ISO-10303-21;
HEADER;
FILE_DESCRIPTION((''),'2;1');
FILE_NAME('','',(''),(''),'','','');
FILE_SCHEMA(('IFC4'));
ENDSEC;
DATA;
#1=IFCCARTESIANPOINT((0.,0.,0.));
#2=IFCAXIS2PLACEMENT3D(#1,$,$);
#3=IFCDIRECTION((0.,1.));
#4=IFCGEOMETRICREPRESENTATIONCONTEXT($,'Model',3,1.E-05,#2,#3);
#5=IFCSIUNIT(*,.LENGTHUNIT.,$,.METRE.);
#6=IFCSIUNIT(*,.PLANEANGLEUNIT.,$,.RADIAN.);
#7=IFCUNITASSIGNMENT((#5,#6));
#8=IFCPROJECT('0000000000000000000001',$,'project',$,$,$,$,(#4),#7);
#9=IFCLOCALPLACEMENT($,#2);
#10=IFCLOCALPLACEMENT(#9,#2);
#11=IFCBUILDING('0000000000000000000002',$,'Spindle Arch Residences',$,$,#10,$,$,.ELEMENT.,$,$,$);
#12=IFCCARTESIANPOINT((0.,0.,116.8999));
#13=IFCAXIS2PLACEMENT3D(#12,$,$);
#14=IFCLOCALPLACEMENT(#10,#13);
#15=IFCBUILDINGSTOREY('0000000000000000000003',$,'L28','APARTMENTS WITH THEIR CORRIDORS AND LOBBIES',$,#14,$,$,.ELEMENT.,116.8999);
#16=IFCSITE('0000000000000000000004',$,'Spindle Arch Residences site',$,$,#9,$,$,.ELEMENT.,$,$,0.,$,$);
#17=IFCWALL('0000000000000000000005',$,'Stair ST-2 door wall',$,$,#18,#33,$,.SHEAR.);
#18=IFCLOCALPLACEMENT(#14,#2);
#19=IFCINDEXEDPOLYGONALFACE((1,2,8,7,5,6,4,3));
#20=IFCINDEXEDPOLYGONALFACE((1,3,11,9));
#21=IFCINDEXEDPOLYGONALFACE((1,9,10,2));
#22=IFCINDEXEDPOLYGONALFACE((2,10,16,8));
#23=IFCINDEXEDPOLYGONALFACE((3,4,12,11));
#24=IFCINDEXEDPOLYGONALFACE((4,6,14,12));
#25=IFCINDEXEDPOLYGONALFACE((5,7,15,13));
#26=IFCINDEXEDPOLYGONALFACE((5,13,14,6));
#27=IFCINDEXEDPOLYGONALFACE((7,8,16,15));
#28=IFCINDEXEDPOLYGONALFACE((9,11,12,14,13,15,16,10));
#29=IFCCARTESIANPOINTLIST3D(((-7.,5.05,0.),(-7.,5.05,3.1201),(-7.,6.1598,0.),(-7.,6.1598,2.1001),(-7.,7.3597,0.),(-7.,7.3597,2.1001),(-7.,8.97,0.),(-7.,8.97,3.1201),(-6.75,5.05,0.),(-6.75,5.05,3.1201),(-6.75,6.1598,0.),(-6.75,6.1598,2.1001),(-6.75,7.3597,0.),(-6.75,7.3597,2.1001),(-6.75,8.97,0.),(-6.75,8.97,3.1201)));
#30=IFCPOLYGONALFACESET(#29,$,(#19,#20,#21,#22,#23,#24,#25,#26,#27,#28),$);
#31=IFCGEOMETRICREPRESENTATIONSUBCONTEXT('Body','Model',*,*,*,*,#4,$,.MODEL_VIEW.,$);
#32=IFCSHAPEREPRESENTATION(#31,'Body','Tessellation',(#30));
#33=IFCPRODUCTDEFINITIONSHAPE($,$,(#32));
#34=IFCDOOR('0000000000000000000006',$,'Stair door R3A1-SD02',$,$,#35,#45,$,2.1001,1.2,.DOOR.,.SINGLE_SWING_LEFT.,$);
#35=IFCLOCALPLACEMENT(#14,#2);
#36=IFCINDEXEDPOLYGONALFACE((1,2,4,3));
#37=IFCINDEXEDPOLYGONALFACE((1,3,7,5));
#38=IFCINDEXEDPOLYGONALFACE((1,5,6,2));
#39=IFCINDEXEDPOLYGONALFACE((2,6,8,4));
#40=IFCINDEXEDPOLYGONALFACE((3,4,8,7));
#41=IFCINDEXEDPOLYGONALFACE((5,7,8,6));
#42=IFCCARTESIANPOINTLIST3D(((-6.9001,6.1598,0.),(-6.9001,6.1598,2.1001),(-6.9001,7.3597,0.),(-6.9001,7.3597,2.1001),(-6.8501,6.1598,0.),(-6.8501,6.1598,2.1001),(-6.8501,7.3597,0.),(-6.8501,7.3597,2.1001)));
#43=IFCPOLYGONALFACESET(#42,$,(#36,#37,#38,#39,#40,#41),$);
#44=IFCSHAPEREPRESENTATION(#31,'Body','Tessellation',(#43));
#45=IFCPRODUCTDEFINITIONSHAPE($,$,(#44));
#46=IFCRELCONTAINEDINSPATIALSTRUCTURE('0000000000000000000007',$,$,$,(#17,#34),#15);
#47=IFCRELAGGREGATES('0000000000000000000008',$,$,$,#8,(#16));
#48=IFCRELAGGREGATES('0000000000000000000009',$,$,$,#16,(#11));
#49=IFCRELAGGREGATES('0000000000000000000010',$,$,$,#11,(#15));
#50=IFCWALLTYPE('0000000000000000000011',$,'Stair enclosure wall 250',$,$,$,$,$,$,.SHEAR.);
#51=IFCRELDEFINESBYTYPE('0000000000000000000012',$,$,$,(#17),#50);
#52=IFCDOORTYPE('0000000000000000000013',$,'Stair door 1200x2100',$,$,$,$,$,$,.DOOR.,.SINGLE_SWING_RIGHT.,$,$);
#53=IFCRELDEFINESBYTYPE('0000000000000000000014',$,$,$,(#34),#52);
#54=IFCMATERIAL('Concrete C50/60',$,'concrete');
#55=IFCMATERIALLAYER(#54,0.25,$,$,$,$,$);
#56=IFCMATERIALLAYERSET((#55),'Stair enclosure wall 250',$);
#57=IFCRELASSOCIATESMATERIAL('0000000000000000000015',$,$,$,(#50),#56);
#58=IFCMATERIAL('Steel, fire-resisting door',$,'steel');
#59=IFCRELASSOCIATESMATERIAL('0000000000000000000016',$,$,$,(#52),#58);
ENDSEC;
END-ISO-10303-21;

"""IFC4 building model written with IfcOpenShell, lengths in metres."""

from ifc_helpers import new_model, si_unit, direction, frame, frame_2d, origin, place, context, subcontext, project, spatial, rectangle, extrude, material, layer, layer_set, type_object, element, fill, save


model = new_model("IFC4")

# Units and contexts
model_context = context("Model", 3, precision=1e-05, world=origin(), true_north=direction((0.0, 1.0)))
body_context = subcontext(model_context, "Body", "Model", "MODEL_VIEW")
ifc_project = project(units=[si_unit("LENGTHUNIT", "METRE"), si_unit("PLANEANGLEUNIT", "RADIAN")], contexts=[model_context])

# Site, building, storey
site_placement = place(None, origin())
site = spatial("IfcSite", under=ifc_project, at=site_placement, Name="Spindle Arch Residences site", CompositionType="ELEMENT", RefElevation=0.0)
building_placement = place(site_placement, origin())
building = spatial("IfcBuilding", under=site, at=building_placement, Name="Spindle Arch Residences", CompositionType="ELEMENT")
storey_placement = place(building_placement, frame((0.0, 0.0, 116.8999)))
storey = spatial("IfcBuildingStorey", under=building, at=storey_placement, Name="L28", Description="APARTMENTS WITH THEIR CORRIDORS AND LOBBIES", CompositionType="ELEMENT", Elevation=116.8999)

# Wall, opening, door
ifc_material_1 = material(Name="Concrete C50/60", Category="concrete")
ifc_layer_1 = layer(ifc_material_1, 0.25)
ifc_layer_set_1 = layer_set([ifc_layer_1], Name="Stair enclosure wall 250")
wall_type_1 = type_object("IfcWallType", Name="Stair enclosure wall 250", PredefinedType="SHEAR", material=ifc_layer_set_1)
wall_1_placement = place(storey_placement, frame((-6.875, 8.97, 0.0), z_axis=(0.0, 0.0, 1.0), x_axis=(0.0, -1.0, 0.0)))
wall_1 = element("IfcWall", 1, at=wall_1_placement, inside=storey, type_object=wall_type_1, Name="Stair ST-2 door wall", PredefinedType="SHEAR", context=body_context, shape_type="SweptSolid", body=[
    extrude(rectangle(XDim=3.9199, YDim=0.25, at=frame_2d((1.96, 0.0))), origin(), (0.0, 0.0, 1.0), 3.1201),
])
opening_1_placement = place(wall_1_placement, frame((1.6101, 0.0, 0.0)))
opening_1 = element("IfcOpeningElement", 2, at=opening_1_placement, cuts=wall_1, PredefinedType="OPENING", context=body_context, shape_type="SweptSolid", body=[
    extrude(rectangle(XDim=1.2, YDim=2.1001, at=frame_2d((0.6001, 1.05))), frame((0.0, 0.135, 0.0), z_axis=(0.0, -1.0, 0.0), x_axis=(1.0, 0.0, 0.0)), (0.0, 0.0, 1.0), 0.27),
])
ifc_material_2 = material(Name="Steel, fire-resisting door", Category="steel")
door_type_1 = type_object("IfcDoorType", Name="Stair door 1200x2100", OperationType="SINGLE_SWING_RIGHT", PredefinedType="DOOR", material=ifc_material_2)
door_1_placement = place(opening_1_placement, origin())
door_1 = element("IfcDoor", 3, at=door_1_placement, inside=storey, type_object=door_type_1, Name="Stair door R3A1-SD02", OperationType="SINGLE_SWING_LEFT", OverallHeight=2.1001, OverallWidth=1.2, PredefinedType="DOOR", context=body_context, shape_type="SweptSolid", body=[
    extrude(rectangle(XDim=1.2, YDim=2.1001, at=frame_2d((0.6001, 1.05))), frame((0.0, 0.0249, 0.0), z_axis=(0.0, -1.0, 0.0), x_axis=(1.0, 0.0, 0.0)), (0.0, 0.0, 1.0), 0.05),
])
fill(opening_1, door_1)

save(model, "model.ifc")
